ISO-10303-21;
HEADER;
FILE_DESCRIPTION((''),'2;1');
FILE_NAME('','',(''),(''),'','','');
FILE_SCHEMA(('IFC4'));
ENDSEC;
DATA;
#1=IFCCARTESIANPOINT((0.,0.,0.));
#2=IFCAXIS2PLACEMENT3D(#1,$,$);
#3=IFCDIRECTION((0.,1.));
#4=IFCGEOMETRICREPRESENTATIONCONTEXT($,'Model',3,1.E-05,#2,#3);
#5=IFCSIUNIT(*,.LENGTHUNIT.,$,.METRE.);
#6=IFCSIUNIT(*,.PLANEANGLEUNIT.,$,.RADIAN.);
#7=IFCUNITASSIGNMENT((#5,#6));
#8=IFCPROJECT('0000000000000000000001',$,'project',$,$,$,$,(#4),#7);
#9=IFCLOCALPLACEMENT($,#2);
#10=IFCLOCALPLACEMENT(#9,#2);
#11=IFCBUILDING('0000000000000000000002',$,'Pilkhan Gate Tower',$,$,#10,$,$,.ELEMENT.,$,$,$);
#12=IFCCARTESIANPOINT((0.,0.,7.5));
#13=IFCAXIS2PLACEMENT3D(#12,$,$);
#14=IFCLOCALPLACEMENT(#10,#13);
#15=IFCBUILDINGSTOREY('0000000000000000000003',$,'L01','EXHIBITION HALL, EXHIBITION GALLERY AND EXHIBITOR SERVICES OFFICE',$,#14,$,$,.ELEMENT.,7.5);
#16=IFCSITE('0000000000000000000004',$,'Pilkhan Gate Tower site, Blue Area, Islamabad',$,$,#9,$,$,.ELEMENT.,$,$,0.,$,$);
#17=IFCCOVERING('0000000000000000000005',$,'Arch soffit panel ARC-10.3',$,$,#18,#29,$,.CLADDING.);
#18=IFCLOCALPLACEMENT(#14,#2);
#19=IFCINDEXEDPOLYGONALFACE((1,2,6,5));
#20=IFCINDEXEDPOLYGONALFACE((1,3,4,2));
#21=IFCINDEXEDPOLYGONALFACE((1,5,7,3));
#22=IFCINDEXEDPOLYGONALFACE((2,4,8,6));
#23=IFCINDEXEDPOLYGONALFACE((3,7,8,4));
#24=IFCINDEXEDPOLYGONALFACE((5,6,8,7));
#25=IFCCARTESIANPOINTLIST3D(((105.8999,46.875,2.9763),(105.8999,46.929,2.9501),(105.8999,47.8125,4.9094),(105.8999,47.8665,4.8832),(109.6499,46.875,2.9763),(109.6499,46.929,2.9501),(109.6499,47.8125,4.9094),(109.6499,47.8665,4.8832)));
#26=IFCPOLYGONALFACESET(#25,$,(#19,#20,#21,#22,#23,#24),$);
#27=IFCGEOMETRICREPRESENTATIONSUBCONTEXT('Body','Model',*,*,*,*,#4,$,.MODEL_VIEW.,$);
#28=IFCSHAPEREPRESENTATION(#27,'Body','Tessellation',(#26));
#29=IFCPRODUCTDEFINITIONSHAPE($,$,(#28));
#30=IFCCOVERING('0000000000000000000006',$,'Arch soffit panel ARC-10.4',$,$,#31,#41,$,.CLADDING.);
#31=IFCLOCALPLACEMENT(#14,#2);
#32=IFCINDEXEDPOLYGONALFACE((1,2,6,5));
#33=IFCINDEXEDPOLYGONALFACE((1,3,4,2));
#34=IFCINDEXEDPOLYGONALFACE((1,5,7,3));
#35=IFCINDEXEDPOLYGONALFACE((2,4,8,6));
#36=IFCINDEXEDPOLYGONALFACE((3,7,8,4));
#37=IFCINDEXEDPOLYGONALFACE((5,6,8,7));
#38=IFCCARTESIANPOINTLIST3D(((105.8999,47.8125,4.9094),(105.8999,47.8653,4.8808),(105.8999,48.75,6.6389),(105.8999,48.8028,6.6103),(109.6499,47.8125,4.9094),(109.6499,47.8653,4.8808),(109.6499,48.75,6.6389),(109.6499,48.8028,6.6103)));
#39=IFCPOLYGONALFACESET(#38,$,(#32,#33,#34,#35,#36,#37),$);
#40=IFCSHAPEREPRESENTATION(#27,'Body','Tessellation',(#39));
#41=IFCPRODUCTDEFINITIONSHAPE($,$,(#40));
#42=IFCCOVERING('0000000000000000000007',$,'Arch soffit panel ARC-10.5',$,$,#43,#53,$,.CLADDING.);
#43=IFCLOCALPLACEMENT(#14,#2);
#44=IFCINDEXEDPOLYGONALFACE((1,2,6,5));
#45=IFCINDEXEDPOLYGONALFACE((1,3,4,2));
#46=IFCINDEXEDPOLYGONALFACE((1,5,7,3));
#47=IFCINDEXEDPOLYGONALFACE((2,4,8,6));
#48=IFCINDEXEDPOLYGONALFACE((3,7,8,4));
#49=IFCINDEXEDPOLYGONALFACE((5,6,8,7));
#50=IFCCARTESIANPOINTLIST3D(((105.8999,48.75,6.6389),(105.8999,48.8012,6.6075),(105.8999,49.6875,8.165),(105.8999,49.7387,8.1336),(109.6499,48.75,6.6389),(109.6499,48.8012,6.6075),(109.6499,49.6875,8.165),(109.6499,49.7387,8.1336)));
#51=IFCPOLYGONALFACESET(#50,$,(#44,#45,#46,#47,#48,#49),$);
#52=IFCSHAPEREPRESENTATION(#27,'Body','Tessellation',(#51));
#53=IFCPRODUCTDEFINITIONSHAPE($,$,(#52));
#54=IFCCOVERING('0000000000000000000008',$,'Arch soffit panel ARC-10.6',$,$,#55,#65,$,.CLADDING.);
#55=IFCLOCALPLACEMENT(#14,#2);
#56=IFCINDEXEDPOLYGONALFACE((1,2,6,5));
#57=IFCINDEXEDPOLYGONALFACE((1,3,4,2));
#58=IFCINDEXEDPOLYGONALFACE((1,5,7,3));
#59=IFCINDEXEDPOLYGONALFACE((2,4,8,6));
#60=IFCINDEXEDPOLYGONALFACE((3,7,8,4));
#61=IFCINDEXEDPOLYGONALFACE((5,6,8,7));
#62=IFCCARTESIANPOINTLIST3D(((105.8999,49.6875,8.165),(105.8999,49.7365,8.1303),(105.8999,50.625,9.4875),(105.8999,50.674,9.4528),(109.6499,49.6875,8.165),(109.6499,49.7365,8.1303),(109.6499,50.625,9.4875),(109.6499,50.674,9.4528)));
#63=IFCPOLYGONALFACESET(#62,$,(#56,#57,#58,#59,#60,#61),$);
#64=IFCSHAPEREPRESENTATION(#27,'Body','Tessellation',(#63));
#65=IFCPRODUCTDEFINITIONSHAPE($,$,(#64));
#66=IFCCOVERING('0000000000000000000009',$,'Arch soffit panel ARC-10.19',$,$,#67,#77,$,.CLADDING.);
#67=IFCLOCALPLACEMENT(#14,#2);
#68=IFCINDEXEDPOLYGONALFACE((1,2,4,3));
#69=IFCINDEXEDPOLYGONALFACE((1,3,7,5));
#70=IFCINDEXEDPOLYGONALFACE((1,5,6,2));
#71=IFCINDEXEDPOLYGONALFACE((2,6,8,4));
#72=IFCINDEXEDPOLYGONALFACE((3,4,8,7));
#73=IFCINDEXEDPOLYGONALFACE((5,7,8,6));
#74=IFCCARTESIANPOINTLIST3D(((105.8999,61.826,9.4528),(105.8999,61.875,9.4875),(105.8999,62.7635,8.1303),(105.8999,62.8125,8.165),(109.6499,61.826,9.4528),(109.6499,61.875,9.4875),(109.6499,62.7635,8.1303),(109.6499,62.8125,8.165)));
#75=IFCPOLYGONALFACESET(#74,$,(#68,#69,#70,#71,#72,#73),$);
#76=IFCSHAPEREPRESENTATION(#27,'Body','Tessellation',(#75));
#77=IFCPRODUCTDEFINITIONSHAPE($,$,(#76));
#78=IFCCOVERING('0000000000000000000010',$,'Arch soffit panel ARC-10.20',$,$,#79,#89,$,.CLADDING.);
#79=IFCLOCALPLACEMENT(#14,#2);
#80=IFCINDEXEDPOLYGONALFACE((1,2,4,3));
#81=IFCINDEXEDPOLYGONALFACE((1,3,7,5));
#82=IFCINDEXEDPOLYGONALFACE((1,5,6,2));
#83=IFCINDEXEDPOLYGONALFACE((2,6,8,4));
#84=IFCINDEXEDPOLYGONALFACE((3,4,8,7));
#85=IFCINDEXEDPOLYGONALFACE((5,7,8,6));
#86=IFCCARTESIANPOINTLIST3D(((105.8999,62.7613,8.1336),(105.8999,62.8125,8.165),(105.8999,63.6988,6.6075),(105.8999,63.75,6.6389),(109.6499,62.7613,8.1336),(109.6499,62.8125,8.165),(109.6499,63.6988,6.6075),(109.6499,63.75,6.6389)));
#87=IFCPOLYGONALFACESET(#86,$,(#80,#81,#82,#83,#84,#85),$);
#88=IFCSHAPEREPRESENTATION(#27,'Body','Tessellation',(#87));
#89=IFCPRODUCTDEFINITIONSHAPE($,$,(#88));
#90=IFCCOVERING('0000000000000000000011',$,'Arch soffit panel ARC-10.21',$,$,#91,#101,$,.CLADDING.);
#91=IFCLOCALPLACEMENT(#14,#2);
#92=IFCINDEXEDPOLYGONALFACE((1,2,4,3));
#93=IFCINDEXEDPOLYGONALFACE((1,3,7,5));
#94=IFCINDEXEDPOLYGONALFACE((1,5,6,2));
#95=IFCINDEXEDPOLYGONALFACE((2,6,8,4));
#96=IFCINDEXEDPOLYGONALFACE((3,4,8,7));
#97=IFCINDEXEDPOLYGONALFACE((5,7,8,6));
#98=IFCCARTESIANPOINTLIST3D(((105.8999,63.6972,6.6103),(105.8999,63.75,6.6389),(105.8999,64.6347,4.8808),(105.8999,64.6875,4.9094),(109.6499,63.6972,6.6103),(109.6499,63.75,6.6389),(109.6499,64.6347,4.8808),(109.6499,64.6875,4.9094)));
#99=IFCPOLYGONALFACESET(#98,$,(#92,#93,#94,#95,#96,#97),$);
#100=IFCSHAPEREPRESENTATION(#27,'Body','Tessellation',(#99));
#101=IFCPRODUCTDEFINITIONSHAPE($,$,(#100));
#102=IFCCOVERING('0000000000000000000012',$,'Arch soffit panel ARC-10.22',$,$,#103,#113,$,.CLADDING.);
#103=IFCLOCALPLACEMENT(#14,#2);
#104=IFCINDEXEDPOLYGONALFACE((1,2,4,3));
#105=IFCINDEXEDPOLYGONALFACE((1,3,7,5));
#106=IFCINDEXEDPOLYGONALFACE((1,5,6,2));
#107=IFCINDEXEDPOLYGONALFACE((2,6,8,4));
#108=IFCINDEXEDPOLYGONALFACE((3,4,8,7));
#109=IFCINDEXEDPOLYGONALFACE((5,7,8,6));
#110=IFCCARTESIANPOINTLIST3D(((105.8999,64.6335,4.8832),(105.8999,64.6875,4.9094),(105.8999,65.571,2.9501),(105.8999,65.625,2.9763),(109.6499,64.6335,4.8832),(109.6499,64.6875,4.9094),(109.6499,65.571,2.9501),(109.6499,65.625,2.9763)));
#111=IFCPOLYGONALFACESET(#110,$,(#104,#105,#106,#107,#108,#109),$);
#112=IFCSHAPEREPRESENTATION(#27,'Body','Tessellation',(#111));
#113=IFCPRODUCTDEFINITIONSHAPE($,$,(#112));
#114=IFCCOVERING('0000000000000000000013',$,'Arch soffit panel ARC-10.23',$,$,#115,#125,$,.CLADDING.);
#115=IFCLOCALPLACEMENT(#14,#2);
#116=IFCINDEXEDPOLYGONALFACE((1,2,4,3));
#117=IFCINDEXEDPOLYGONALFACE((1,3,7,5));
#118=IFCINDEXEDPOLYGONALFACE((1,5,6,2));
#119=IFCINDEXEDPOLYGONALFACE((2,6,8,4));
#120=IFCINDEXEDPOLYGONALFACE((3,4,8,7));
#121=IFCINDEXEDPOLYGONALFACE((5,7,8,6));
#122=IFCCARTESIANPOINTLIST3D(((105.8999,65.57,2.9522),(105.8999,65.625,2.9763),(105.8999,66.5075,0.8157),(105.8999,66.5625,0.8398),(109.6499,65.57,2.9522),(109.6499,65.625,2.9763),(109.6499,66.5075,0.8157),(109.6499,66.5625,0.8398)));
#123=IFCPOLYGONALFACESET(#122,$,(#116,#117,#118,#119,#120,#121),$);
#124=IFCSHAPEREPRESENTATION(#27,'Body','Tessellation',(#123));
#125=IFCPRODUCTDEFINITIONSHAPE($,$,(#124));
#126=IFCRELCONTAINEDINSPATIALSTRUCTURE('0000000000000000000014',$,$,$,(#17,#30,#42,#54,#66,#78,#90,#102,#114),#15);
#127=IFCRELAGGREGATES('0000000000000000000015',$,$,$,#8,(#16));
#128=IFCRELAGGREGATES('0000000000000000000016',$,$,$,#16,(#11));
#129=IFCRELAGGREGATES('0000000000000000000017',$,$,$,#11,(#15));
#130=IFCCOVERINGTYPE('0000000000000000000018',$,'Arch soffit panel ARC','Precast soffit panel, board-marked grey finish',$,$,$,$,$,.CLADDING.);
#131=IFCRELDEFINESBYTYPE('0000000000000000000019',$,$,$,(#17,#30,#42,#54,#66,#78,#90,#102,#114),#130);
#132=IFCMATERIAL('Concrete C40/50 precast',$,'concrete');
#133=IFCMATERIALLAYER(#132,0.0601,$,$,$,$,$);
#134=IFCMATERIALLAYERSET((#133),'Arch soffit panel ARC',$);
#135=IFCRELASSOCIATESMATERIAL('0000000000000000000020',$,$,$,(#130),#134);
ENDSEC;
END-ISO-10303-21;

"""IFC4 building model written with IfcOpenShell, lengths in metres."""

from ifc_helpers import new_model, si_unit, direction, frame, origin, place, context, subcontext, project, spatial, polyline, outline, extrude, material, layer, layer_set, type_object, element, save


model = new_model("IFC4")

# Units and contexts
model_context = context("Model", 3, precision=1e-05, world=origin(), true_north=direction((0.0, 1.0)))
body_context = subcontext(model_context, "Body", "Model", "MODEL_VIEW")
ifc_project = project(units=[si_unit("LENGTHUNIT", "METRE"), si_unit("PLANEANGLEUNIT", "RADIAN")], contexts=[model_context])

# Site, building, storey
site_placement = place(None, origin())
site = spatial("IfcSite", under=ifc_project, at=site_placement, Name="Pilkhan Gate Tower site, Blue Area, Islamabad", CompositionType="ELEMENT", RefElevation=0.0)
building_placement = place(site_placement, origin())
building = spatial("IfcBuilding", under=site, at=building_placement, Name="Pilkhan Gate Tower", CompositionType="ELEMENT")
storey_placement = place(building_placement, frame((0.0, 0.0, 7.5)))
storey = spatial("IfcBuildingStorey", under=building, at=storey_placement, Name="L01", Description="EXHIBITION HALL, EXHIBITION GALLERY AND EXHIBITOR SERVICES OFFICE", CompositionType="ELEMENT", Elevation=7.5)

# Coverings
ifc_material_1 = material(Name="Concrete C40/50 precast", Category="concrete")
ifc_layer_1 = layer(ifc_material_1, 0.0601)
ifc_layer_set_1 = layer_set([ifc_layer_1], Name="Arch soffit panel ARC")
covering_type = type_object("IfcCoveringType", Name="Arch soffit panel ARC", Description="Precast soffit panel, board-marked grey finish", PredefinedType="CLADDING", material=ifc_layer_set_1)
covering_1_placement = place(storey_placement, frame((105.8999, 46.875, 2.9763), z_axis=(0.0, -0.899771, 0.436363), x_axis=(1.0, 0.0, 0.0)))
element("IfcCovering", 1, at=covering_1_placement, inside=storey, type_object=covering_type, Name="Arch soffit panel ARC-10.3", PredefinedType="CLADDING", context=body_context, shape_type="SweptSolid", body=[
    extrude(outline(polyline([(0.0, 0.0), (3.75, 0.0), (3.75, 2.1484), (0.0, 2.1484), (0.0, 0.0)])), origin(), (0.0, 0.0, -1.0), 0.0601),
])
covering_2_placement = place(storey_placement, frame((105.8999, 47.8125, 4.9094), z_axis=(0.0, -0.879145, 0.476555), x_axis=(1.0, 0.0, 0.0)))
element("IfcCovering", 2, at=covering_2_placement, inside=storey, type_object=covering_type, Name="Arch soffit panel ARC-10.4", PredefinedType="CLADDING", context=body_context, shape_type="SweptSolid", body=[
    extrude(outline(polyline([(0.0, 0.0), (3.75, 0.0), (3.75, 1.9672), (0.0, 1.9672), (0.0, 0.0)])), origin(), (0.0, 0.0, -1.0), 0.0601),
])
covering_3_placement = place(storey_placement, frame((105.8999, 48.75, 6.6389), z_axis=(0.0, -0.85207, 0.523428), x_axis=(1.0, 0.0, 0.0)))
element("IfcCovering", 3, at=covering_3_placement, inside=storey, type_object=covering_type, Name="Arch soffit panel ARC-10.5", PredefinedType="CLADDING", context=body_context, shape_type="SweptSolid", body=[
    extrude(outline(polyline([(0.0, 0.0), (3.75, 0.0), (3.75, 1.7911), (0.0, 1.7911), (0.0, 0.0)])), origin(), (0.0, 0.0, -1.0), 0.0601),
])
for number, where, z_axis, x_axis, name in (
    (4, (105.8999, 49.6875, 8.165), (0.0, -0.815814, 0.578314), (1.0, 0.0, 0.0), "Arch soffit panel ARC-10.6"),
    (5, (105.8999, 61.875, 9.4875), (0.0, 0.815814, 0.578314), (1.0, 0.0, 0.0), "Arch soffit panel ARC-10.19"),
):
    element("IfcCovering", number, at=place(storey_placement, frame(where, z_axis=z_axis, x_axis=x_axis)), inside=storey, type_object=covering_type, Name=name, PredefinedType="CLADDING", context=body_context, shape_type="SweptSolid", body=[
        extrude(outline(polyline([(0.0, 0.0), (3.75, 0.0), (3.75, 1.6211), (0.0, 1.6211), (0.0, 0.0)])), origin(), (0.0, 0.0, -1.0), 0.0601),
    ])
covering_4_placement = place(storey_placement, frame((105.8999, 62.8125, 8.165), z_axis=(0.0, 0.85207, 0.523428), x_axis=(1.0, 0.0, 0.0)))
element("IfcCovering", 6, at=covering_4_placement, inside=storey, type_object=covering_type, Name="Arch soffit panel ARC-10.20", PredefinedType="CLADDING", context=body_context, shape_type="SweptSolid", body=[
    extrude(outline(polyline([(0.0, 0.0), (3.75, 0.0), (3.75, 1.7911), (0.0, 1.7911), (0.0, 0.0)])), origin(), (0.0, 0.0, -1.0), 0.0601),
])
covering_5_placement = place(storey_placement, frame((105.8999, 63.75, 6.6389), z_axis=(0.0, 0.879145, 0.476555), x_axis=(1.0, 0.0, 0.0)))
element("IfcCovering", 7, at=covering_5_placement, inside=storey, type_object=covering_type, Name="Arch soffit panel ARC-10.21", PredefinedType="CLADDING", context=body_context, shape_type="SweptSolid", body=[
    extrude(outline(polyline([(0.0, 0.0), (3.75, 0.0), (3.75, 1.9672), (0.0, 1.9672), (0.0, 0.0)])), origin(), (0.0, 0.0, -1.0), 0.0601),
])
covering_6_placement = place(storey_placement, frame((105.8999, 64.6875, 4.9094), z_axis=(0.0, 0.899771, 0.436363), x_axis=(1.0, 0.0, 0.0)))
element("IfcCovering", 8, at=covering_6_placement, inside=storey, type_object=covering_type, Name="Arch soffit panel ARC-10.22", PredefinedType="CLADDING", context=body_context, shape_type="SweptSolid", body=[
    extrude(outline(polyline([(0.0, 0.0), (3.75, 0.0), (3.75, 2.1484), (0.0, 2.1484), (0.0, 0.0)])), origin(), (0.0, 0.0, -1.0), 0.0601),
])
covering_7_placement = place(storey_placement, frame((105.8999, 65.625, 2.9763), z_axis=(0.0, 0.915717, 0.401823), x_axis=(1.0, 0.0, 0.0)))
element("IfcCovering", 9, at=covering_7_placement, inside=storey, type_object=covering_type, Name="Arch soffit panel ARC-10.23", PredefinedType="CLADDING", context=body_context, shape_type="SweptSolid", body=[
    extrude(outline(polyline([(0.0, 0.0), (3.75, 0.0), (3.75, 2.3331), (0.0, 2.3331), (0.0, 0.0)])), origin(), (0.0, 0.0, -1.0), 0.0601),
])

save(model, "model.ifc")
